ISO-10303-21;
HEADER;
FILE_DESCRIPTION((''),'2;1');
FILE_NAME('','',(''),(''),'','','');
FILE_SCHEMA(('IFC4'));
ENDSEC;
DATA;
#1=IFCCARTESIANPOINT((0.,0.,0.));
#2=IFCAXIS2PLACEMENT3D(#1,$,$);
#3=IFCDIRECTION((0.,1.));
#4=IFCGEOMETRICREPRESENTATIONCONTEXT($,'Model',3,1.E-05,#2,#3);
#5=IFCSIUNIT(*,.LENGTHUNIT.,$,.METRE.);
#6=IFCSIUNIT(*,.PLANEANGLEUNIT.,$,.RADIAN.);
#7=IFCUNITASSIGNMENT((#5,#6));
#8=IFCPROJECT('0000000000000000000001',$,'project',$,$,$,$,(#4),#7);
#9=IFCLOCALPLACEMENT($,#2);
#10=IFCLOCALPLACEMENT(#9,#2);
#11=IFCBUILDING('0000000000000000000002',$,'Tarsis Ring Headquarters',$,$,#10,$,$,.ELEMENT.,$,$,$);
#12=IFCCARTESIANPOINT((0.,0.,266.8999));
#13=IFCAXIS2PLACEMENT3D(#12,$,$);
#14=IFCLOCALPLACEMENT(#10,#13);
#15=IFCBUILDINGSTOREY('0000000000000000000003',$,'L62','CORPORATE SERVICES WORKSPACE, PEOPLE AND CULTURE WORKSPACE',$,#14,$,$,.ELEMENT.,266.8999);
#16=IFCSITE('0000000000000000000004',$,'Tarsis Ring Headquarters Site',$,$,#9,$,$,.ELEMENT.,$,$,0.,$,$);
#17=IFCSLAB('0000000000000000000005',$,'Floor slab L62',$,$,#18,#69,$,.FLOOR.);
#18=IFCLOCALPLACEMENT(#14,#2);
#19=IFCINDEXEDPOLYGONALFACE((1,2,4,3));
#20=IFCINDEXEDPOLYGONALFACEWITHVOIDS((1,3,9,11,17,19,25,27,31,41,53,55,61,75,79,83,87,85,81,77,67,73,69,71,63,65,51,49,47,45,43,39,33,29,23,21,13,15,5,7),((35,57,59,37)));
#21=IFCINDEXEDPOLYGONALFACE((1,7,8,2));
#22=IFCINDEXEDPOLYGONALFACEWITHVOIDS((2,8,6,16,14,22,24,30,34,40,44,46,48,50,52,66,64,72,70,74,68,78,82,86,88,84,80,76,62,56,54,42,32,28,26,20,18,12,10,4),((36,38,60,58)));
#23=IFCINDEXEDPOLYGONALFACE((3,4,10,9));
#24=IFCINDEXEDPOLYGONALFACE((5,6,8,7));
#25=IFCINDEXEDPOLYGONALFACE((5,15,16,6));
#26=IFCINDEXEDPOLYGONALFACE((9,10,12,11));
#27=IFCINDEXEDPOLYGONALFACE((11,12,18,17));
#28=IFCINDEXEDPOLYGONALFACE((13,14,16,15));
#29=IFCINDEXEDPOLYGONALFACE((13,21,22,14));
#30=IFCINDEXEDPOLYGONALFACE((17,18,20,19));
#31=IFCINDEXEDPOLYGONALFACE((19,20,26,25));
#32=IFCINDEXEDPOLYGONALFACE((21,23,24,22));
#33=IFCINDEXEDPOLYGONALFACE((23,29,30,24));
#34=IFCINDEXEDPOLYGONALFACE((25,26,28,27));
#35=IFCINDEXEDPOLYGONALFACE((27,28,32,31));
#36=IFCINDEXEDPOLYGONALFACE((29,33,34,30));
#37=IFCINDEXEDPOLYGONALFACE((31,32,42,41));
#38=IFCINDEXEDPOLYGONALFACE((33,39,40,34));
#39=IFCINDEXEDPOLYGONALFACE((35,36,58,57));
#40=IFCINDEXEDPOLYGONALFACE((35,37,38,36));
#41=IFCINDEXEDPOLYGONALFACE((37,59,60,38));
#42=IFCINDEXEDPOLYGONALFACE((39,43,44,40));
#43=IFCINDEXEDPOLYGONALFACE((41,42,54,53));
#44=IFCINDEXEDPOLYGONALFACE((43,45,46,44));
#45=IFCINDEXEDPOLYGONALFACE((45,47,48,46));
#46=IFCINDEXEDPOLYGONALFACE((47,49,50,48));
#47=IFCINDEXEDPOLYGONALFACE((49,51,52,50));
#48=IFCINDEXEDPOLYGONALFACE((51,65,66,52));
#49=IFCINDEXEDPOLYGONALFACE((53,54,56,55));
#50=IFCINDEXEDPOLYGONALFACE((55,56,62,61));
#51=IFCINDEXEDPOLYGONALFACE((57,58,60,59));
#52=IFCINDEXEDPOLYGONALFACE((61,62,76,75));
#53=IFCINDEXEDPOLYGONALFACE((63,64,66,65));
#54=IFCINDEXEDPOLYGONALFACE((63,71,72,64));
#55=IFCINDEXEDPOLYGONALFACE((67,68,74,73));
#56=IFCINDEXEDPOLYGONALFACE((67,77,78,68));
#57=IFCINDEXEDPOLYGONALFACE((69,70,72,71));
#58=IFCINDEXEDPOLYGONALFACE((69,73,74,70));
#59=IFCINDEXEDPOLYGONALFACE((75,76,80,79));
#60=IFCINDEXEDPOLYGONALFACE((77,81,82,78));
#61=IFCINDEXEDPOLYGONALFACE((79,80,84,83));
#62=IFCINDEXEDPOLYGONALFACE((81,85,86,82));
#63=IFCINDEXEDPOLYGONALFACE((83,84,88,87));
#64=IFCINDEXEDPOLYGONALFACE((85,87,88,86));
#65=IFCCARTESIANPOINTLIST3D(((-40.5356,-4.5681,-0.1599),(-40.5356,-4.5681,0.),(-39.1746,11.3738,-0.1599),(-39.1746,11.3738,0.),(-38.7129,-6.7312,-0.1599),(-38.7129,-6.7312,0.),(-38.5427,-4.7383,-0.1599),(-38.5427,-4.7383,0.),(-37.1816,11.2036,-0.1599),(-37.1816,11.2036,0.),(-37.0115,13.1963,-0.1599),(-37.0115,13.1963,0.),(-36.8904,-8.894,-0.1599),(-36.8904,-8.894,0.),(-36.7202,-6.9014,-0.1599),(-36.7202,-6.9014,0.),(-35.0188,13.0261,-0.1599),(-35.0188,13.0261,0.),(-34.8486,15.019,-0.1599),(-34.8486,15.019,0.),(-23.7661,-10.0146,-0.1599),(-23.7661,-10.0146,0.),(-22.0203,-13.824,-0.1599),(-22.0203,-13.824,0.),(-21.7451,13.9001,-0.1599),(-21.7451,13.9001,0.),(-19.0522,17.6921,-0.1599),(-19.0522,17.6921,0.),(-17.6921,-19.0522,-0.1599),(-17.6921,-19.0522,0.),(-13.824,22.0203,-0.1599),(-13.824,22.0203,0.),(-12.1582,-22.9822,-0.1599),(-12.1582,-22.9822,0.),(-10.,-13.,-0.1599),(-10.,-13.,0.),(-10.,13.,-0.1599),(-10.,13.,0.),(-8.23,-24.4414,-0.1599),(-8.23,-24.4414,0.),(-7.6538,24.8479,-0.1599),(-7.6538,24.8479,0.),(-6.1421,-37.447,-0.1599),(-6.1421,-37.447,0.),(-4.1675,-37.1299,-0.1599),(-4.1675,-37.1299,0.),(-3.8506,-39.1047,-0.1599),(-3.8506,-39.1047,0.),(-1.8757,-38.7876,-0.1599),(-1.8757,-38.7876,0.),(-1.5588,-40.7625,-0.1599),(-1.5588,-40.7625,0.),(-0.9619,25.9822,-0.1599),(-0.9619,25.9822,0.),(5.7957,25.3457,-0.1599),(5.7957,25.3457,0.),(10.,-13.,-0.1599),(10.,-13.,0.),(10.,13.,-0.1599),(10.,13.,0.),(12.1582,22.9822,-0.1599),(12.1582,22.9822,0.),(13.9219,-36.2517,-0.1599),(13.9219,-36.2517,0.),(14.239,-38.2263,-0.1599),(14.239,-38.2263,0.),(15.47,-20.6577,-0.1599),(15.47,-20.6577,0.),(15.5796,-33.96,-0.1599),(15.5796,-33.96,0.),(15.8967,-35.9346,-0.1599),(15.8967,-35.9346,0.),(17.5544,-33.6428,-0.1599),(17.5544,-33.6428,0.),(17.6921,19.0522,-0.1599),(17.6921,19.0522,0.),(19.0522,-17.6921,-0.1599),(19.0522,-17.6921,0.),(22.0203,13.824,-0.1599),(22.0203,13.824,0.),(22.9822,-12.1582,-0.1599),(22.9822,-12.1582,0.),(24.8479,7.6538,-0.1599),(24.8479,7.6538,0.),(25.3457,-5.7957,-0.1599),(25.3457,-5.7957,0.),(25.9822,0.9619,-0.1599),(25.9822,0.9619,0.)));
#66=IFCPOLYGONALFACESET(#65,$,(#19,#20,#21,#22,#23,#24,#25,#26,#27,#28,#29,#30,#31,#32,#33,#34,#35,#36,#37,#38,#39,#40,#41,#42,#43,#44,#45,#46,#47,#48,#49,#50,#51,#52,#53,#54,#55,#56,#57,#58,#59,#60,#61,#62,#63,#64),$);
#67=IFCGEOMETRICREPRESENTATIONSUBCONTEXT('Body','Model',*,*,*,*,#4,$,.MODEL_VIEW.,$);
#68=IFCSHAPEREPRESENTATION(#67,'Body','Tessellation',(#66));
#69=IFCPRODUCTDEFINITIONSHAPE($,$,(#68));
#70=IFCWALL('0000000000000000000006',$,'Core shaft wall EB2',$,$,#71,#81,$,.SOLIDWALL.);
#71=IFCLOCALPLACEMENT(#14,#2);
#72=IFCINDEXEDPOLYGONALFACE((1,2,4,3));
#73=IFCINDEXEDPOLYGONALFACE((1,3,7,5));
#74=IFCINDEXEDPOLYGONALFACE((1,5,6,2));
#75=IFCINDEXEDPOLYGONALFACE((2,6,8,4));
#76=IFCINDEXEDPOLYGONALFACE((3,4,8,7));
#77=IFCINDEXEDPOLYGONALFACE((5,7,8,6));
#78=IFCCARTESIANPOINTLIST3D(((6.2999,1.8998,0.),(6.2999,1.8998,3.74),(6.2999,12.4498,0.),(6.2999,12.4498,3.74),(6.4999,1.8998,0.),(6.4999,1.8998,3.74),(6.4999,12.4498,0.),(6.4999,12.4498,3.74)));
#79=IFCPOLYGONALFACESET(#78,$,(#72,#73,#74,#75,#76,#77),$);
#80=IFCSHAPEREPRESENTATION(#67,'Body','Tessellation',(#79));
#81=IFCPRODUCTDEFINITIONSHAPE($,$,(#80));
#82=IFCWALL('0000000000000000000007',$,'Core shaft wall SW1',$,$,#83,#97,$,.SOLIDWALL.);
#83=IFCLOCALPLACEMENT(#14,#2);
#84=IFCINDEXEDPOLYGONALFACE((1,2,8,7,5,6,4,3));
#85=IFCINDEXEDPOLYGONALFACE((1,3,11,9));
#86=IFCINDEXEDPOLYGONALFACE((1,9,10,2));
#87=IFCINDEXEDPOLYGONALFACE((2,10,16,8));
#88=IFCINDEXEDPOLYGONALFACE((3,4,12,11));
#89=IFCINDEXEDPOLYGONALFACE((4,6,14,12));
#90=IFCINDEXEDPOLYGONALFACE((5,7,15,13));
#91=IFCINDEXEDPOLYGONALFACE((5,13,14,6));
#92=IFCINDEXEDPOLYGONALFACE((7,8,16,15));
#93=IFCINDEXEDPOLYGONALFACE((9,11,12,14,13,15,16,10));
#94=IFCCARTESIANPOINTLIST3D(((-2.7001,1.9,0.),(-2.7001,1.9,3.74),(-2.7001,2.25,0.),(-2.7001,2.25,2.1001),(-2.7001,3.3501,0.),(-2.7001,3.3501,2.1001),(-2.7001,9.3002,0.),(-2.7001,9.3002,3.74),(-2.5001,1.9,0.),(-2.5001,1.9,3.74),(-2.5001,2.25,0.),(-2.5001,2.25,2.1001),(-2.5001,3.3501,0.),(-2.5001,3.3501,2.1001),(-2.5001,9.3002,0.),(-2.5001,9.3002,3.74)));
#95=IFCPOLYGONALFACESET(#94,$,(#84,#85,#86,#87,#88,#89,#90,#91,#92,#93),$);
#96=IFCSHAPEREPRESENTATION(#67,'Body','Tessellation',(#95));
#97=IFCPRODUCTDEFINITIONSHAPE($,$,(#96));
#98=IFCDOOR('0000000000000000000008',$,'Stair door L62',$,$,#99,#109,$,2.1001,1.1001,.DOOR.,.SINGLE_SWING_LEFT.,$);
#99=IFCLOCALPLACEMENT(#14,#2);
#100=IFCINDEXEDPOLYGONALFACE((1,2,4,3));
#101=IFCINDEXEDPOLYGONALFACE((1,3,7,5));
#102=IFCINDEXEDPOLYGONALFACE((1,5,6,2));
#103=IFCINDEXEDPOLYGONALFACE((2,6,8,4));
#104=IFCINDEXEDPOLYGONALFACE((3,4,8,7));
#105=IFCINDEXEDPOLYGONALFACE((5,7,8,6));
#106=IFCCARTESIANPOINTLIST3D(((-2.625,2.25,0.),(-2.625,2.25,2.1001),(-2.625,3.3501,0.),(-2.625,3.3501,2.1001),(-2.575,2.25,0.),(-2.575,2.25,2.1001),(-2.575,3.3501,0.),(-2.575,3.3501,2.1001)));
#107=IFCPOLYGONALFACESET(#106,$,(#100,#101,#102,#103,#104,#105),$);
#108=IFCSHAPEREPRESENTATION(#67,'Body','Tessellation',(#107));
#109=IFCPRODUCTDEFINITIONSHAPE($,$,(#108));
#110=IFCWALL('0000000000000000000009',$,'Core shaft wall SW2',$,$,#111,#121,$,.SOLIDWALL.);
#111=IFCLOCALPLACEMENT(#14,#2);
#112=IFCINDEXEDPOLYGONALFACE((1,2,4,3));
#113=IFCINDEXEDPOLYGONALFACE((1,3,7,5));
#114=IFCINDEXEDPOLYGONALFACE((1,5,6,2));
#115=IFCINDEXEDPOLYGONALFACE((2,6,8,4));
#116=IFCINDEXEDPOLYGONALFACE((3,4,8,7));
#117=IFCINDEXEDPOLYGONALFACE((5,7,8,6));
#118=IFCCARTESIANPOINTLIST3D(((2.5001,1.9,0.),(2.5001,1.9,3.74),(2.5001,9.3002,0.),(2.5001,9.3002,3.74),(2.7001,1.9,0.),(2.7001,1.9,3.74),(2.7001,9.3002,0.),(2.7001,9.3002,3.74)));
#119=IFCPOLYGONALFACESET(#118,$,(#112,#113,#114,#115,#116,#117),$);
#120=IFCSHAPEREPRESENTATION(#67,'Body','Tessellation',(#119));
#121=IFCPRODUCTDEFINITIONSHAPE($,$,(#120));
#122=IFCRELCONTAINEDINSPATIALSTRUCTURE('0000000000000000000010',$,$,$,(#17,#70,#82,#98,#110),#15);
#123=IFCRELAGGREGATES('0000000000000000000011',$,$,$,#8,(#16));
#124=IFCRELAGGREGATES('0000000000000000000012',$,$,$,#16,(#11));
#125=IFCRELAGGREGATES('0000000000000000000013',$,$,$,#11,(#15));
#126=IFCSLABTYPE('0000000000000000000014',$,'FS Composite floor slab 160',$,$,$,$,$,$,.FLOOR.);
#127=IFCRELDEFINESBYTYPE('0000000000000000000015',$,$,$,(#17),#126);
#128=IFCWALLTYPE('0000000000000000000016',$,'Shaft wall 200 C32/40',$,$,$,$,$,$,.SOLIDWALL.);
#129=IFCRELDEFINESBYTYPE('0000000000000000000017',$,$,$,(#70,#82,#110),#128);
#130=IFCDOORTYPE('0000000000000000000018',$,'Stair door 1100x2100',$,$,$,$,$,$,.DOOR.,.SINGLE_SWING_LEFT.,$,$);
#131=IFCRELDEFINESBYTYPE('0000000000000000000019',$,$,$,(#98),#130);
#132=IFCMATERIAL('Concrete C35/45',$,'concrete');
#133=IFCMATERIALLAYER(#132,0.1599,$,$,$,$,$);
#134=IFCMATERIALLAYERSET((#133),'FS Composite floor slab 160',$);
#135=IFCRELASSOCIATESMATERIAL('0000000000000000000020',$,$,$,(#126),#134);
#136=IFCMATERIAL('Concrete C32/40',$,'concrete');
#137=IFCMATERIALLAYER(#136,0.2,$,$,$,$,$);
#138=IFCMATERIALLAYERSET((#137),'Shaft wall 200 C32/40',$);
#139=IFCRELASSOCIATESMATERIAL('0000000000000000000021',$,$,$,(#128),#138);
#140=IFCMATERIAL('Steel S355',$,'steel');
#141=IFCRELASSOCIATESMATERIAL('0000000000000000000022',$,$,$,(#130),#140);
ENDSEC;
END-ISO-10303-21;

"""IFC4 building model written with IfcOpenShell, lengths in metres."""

from ifc_helpers import new_model, si_unit, direction, frame, frame_2d, origin, place, context, subcontext, project, spatial, polyline, rectangle, outline, extrude, material, layer, layer_set, type_object, element, fill, save


model = new_model("IFC4")

# Units and contexts
model_context = context("Model", 3, precision=1e-05, world=origin(), true_north=direction((0.0, 1.0)))
body_context = subcontext(model_context, "Body", "Model", "MODEL_VIEW")
ifc_project = project(units=[si_unit("LENGTHUNIT", "METRE"), si_unit("PLANEANGLEUNIT", "RADIAN")], contexts=[model_context])

# Site, building, storey
site_placement = place(None, origin())
site = spatial("IfcSite", under=ifc_project, at=site_placement, Name="Tarsis Ring Headquarters Site", CompositionType="ELEMENT", RefElevation=0.0)
building_placement = place(site_placement, origin())
building = spatial("IfcBuilding", under=site, at=building_placement, Name="Tarsis Ring Headquarters", CompositionType="ELEMENT")
storey_placement = place(building_placement, frame((0.0, 0.0, 266.8999)))
storey = spatial("IfcBuildingStorey", under=building, at=storey_placement, Name="L62", Description="CORPORATE SERVICES WORKSPACE, PEOPLE AND CULTURE WORKSPACE", CompositionType="ELEMENT", Elevation=266.8999)

# Slab
ifc_material_1 = material(Name="Concrete C35/45", Category="concrete")
ifc_layer_1 = layer(ifc_material_1, 0.1599)
ifc_layer_set_1 = layer_set([ifc_layer_1], Name="FS Composite floor slab 160")
slab_type_1 = type_object("IfcSlabType", Name="FS Composite floor slab 160", PredefinedType="FLOOR", material=ifc_layer_set_1)
slab_1_placement = place(storey_placement, frame((0.0, 0.0, -0.1599)))
element("IfcSlab", 1, at=slab_1_placement, inside=storey, type_object=slab_type_1, Name="Floor slab L62", PredefinedType="FLOOR", context=body_context, shape_type="SweptSolid", body=[
    extrude(outline(polyline([(-23.7661, -10.0146), (-22.0203, -13.824), (-17.6921, -19.0522), (-12.1582, -22.9822), (-8.23, -24.4414), (-6.1421, -37.447), (-4.1675, -37.1299), (-3.8506, -39.1047), (-1.8757, -38.7876), (-1.5588, -40.7625), (14.239, -38.2263), (13.9219, -36.2517), (15.8967, -35.9346), (15.5796, -33.96), (17.5544, -33.6428), (15.47, -20.6577), (19.0522, -17.6921), (22.9822, -12.1582), (25.3457, -5.7957), (25.9822, 0.9619), (24.8479, 7.6538), (22.0203, 13.824), (17.6921, 19.0522), (12.1582, 22.9822), (5.7957, 25.3457), (-0.9619, 25.9822), (-7.6538, 24.8479), (-13.824, 22.0203), (-19.0522, 17.6921), (-21.7451, 13.9001), (-34.8486, 15.019), (-35.0188, 13.0261), (-37.0115, 13.1963), (-37.1816, 11.2036), (-39.1746, 11.3738), (-40.5356, -4.5681), (-38.5427, -4.7383), (-38.7129, -6.7312), (-36.7202, -6.9014), (-36.8904, -8.894), (-23.7661, -10.0146)]), holes=[polyline([(-10.0, -13.0), (-10.0, 13.0), (10.0, 13.0), (10.0, -13.0), (-10.0, -13.0)])]), origin(), (0.0, 0.0, 1.0), 0.1599),
])

# Wall
ifc_material_2 = material(Name="Concrete C32/40", Category="concrete")
ifc_layer_2 = layer(ifc_material_2, 0.2)
ifc_layer_set_2 = layer_set([ifc_layer_2], Name="Shaft wall 200 C32/40")
wall_type = type_object("IfcWallType", Name="Shaft wall 200 C32/40", PredefinedType="SOLIDWALL", material=ifc_layer_set_2)
wall_1_placement = place(storey_placement, frame((6.3999, 1.8999, 0.0), z_axis=(0.0, 0.0, 1.0), x_axis=(0.0, 1.0, 0.0)))
element("IfcWall", 2, at=wall_1_placement, inside=storey, type_object=wall_type, Name="Core shaft wall EB2", PredefinedType="SOLIDWALL", context=body_context, shape_type="SweptSolid", body=[
    extrude(rectangle(XDim=10.55, YDim=0.2, at=frame_2d((5.2749, 0.0))), origin(), (0.0, 0.0, 1.0), 3.74),
])

# Wall, opening, door
wall_2_placement = place(storey_placement, frame((-2.6001, 1.8999, 0.0), z_axis=(0.0, 0.0, 1.0), x_axis=(0.0, 1.0, 0.0)))
wall_2 = element("IfcWall", 3, at=wall_2_placement, inside=storey, type_object=wall_type, Name="Core shaft wall SW1", PredefinedType="SOLIDWALL", context=body_context, shape_type="SweptSolid", body=[
    extrude(rectangle(XDim=7.4001, YDim=0.2, at=frame_2d((3.7002, 0.0))), origin(), (0.0, 0.0, 1.0), 3.74),
])
opening_placement = place(wall_2_placement, frame((0.3501, 0.0, 0.0)))
opening = element("IfcOpeningElement", 4, at=opening_placement, cuts=wall_2, PredefinedType="OPENING", context=body_context, shape_type="SweptSolid", body=[
    extrude(rectangle(XDim=1.1001, YDim=2.1001, at=frame_2d((0.55, 1.05))), frame((0.0, 0.1099, 0.0), z_axis=(0.0, -1.0, 0.0), x_axis=(1.0, 0.0, 0.0)), (0.0, 0.0, 1.0), 0.22),
])
ifc_material_3 = material(Name="Steel S355", Category="steel")
door_type = type_object("IfcDoorType", Name="Stair door 1100x2100", OperationType="SINGLE_SWING_LEFT", PredefinedType="DOOR", material=ifc_material_3)
door_placement = place(opening_placement, origin())
door = element("IfcDoor", 5, at=door_placement, inside=storey, type_object=door_type, Name="Stair door L62", OperationType="SINGLE_SWING_LEFT", OverallHeight=2.1001, OverallWidth=1.1001, PredefinedType="DOOR", context=body_context, shape_type="SweptSolid", body=[
    extrude(rectangle(XDim=1.1001, YDim=2.1001, at=frame_2d((0.55, 1.05))), frame((0.0, 0.0249, 0.0), z_axis=(0.0, -1.0, 0.0), x_axis=(1.0, 0.0, 0.0)), (0.0, 0.0, 1.0), 0.05),
])
fill(opening, door)

# Wall
wall_3_placement = place(storey_placement, frame((2.6001, 1.8999, 0.0), z_axis=(0.0, 0.0, 1.0), x_axis=(0.0, 1.0, 0.0)))
element("IfcWall", 6, at=wall_3_placement, inside=storey, type_object=wall_type, Name="Core shaft wall SW2", PredefinedType="SOLIDWALL", context=body_context, shape_type="SweptSolid", body=[
    extrude(rectangle(XDim=7.4001, YDim=0.2, at=frame_2d((3.7002, 0.0))), origin(), (0.0, 0.0, 1.0), 3.74),
])

save(model, "model.ifc")
